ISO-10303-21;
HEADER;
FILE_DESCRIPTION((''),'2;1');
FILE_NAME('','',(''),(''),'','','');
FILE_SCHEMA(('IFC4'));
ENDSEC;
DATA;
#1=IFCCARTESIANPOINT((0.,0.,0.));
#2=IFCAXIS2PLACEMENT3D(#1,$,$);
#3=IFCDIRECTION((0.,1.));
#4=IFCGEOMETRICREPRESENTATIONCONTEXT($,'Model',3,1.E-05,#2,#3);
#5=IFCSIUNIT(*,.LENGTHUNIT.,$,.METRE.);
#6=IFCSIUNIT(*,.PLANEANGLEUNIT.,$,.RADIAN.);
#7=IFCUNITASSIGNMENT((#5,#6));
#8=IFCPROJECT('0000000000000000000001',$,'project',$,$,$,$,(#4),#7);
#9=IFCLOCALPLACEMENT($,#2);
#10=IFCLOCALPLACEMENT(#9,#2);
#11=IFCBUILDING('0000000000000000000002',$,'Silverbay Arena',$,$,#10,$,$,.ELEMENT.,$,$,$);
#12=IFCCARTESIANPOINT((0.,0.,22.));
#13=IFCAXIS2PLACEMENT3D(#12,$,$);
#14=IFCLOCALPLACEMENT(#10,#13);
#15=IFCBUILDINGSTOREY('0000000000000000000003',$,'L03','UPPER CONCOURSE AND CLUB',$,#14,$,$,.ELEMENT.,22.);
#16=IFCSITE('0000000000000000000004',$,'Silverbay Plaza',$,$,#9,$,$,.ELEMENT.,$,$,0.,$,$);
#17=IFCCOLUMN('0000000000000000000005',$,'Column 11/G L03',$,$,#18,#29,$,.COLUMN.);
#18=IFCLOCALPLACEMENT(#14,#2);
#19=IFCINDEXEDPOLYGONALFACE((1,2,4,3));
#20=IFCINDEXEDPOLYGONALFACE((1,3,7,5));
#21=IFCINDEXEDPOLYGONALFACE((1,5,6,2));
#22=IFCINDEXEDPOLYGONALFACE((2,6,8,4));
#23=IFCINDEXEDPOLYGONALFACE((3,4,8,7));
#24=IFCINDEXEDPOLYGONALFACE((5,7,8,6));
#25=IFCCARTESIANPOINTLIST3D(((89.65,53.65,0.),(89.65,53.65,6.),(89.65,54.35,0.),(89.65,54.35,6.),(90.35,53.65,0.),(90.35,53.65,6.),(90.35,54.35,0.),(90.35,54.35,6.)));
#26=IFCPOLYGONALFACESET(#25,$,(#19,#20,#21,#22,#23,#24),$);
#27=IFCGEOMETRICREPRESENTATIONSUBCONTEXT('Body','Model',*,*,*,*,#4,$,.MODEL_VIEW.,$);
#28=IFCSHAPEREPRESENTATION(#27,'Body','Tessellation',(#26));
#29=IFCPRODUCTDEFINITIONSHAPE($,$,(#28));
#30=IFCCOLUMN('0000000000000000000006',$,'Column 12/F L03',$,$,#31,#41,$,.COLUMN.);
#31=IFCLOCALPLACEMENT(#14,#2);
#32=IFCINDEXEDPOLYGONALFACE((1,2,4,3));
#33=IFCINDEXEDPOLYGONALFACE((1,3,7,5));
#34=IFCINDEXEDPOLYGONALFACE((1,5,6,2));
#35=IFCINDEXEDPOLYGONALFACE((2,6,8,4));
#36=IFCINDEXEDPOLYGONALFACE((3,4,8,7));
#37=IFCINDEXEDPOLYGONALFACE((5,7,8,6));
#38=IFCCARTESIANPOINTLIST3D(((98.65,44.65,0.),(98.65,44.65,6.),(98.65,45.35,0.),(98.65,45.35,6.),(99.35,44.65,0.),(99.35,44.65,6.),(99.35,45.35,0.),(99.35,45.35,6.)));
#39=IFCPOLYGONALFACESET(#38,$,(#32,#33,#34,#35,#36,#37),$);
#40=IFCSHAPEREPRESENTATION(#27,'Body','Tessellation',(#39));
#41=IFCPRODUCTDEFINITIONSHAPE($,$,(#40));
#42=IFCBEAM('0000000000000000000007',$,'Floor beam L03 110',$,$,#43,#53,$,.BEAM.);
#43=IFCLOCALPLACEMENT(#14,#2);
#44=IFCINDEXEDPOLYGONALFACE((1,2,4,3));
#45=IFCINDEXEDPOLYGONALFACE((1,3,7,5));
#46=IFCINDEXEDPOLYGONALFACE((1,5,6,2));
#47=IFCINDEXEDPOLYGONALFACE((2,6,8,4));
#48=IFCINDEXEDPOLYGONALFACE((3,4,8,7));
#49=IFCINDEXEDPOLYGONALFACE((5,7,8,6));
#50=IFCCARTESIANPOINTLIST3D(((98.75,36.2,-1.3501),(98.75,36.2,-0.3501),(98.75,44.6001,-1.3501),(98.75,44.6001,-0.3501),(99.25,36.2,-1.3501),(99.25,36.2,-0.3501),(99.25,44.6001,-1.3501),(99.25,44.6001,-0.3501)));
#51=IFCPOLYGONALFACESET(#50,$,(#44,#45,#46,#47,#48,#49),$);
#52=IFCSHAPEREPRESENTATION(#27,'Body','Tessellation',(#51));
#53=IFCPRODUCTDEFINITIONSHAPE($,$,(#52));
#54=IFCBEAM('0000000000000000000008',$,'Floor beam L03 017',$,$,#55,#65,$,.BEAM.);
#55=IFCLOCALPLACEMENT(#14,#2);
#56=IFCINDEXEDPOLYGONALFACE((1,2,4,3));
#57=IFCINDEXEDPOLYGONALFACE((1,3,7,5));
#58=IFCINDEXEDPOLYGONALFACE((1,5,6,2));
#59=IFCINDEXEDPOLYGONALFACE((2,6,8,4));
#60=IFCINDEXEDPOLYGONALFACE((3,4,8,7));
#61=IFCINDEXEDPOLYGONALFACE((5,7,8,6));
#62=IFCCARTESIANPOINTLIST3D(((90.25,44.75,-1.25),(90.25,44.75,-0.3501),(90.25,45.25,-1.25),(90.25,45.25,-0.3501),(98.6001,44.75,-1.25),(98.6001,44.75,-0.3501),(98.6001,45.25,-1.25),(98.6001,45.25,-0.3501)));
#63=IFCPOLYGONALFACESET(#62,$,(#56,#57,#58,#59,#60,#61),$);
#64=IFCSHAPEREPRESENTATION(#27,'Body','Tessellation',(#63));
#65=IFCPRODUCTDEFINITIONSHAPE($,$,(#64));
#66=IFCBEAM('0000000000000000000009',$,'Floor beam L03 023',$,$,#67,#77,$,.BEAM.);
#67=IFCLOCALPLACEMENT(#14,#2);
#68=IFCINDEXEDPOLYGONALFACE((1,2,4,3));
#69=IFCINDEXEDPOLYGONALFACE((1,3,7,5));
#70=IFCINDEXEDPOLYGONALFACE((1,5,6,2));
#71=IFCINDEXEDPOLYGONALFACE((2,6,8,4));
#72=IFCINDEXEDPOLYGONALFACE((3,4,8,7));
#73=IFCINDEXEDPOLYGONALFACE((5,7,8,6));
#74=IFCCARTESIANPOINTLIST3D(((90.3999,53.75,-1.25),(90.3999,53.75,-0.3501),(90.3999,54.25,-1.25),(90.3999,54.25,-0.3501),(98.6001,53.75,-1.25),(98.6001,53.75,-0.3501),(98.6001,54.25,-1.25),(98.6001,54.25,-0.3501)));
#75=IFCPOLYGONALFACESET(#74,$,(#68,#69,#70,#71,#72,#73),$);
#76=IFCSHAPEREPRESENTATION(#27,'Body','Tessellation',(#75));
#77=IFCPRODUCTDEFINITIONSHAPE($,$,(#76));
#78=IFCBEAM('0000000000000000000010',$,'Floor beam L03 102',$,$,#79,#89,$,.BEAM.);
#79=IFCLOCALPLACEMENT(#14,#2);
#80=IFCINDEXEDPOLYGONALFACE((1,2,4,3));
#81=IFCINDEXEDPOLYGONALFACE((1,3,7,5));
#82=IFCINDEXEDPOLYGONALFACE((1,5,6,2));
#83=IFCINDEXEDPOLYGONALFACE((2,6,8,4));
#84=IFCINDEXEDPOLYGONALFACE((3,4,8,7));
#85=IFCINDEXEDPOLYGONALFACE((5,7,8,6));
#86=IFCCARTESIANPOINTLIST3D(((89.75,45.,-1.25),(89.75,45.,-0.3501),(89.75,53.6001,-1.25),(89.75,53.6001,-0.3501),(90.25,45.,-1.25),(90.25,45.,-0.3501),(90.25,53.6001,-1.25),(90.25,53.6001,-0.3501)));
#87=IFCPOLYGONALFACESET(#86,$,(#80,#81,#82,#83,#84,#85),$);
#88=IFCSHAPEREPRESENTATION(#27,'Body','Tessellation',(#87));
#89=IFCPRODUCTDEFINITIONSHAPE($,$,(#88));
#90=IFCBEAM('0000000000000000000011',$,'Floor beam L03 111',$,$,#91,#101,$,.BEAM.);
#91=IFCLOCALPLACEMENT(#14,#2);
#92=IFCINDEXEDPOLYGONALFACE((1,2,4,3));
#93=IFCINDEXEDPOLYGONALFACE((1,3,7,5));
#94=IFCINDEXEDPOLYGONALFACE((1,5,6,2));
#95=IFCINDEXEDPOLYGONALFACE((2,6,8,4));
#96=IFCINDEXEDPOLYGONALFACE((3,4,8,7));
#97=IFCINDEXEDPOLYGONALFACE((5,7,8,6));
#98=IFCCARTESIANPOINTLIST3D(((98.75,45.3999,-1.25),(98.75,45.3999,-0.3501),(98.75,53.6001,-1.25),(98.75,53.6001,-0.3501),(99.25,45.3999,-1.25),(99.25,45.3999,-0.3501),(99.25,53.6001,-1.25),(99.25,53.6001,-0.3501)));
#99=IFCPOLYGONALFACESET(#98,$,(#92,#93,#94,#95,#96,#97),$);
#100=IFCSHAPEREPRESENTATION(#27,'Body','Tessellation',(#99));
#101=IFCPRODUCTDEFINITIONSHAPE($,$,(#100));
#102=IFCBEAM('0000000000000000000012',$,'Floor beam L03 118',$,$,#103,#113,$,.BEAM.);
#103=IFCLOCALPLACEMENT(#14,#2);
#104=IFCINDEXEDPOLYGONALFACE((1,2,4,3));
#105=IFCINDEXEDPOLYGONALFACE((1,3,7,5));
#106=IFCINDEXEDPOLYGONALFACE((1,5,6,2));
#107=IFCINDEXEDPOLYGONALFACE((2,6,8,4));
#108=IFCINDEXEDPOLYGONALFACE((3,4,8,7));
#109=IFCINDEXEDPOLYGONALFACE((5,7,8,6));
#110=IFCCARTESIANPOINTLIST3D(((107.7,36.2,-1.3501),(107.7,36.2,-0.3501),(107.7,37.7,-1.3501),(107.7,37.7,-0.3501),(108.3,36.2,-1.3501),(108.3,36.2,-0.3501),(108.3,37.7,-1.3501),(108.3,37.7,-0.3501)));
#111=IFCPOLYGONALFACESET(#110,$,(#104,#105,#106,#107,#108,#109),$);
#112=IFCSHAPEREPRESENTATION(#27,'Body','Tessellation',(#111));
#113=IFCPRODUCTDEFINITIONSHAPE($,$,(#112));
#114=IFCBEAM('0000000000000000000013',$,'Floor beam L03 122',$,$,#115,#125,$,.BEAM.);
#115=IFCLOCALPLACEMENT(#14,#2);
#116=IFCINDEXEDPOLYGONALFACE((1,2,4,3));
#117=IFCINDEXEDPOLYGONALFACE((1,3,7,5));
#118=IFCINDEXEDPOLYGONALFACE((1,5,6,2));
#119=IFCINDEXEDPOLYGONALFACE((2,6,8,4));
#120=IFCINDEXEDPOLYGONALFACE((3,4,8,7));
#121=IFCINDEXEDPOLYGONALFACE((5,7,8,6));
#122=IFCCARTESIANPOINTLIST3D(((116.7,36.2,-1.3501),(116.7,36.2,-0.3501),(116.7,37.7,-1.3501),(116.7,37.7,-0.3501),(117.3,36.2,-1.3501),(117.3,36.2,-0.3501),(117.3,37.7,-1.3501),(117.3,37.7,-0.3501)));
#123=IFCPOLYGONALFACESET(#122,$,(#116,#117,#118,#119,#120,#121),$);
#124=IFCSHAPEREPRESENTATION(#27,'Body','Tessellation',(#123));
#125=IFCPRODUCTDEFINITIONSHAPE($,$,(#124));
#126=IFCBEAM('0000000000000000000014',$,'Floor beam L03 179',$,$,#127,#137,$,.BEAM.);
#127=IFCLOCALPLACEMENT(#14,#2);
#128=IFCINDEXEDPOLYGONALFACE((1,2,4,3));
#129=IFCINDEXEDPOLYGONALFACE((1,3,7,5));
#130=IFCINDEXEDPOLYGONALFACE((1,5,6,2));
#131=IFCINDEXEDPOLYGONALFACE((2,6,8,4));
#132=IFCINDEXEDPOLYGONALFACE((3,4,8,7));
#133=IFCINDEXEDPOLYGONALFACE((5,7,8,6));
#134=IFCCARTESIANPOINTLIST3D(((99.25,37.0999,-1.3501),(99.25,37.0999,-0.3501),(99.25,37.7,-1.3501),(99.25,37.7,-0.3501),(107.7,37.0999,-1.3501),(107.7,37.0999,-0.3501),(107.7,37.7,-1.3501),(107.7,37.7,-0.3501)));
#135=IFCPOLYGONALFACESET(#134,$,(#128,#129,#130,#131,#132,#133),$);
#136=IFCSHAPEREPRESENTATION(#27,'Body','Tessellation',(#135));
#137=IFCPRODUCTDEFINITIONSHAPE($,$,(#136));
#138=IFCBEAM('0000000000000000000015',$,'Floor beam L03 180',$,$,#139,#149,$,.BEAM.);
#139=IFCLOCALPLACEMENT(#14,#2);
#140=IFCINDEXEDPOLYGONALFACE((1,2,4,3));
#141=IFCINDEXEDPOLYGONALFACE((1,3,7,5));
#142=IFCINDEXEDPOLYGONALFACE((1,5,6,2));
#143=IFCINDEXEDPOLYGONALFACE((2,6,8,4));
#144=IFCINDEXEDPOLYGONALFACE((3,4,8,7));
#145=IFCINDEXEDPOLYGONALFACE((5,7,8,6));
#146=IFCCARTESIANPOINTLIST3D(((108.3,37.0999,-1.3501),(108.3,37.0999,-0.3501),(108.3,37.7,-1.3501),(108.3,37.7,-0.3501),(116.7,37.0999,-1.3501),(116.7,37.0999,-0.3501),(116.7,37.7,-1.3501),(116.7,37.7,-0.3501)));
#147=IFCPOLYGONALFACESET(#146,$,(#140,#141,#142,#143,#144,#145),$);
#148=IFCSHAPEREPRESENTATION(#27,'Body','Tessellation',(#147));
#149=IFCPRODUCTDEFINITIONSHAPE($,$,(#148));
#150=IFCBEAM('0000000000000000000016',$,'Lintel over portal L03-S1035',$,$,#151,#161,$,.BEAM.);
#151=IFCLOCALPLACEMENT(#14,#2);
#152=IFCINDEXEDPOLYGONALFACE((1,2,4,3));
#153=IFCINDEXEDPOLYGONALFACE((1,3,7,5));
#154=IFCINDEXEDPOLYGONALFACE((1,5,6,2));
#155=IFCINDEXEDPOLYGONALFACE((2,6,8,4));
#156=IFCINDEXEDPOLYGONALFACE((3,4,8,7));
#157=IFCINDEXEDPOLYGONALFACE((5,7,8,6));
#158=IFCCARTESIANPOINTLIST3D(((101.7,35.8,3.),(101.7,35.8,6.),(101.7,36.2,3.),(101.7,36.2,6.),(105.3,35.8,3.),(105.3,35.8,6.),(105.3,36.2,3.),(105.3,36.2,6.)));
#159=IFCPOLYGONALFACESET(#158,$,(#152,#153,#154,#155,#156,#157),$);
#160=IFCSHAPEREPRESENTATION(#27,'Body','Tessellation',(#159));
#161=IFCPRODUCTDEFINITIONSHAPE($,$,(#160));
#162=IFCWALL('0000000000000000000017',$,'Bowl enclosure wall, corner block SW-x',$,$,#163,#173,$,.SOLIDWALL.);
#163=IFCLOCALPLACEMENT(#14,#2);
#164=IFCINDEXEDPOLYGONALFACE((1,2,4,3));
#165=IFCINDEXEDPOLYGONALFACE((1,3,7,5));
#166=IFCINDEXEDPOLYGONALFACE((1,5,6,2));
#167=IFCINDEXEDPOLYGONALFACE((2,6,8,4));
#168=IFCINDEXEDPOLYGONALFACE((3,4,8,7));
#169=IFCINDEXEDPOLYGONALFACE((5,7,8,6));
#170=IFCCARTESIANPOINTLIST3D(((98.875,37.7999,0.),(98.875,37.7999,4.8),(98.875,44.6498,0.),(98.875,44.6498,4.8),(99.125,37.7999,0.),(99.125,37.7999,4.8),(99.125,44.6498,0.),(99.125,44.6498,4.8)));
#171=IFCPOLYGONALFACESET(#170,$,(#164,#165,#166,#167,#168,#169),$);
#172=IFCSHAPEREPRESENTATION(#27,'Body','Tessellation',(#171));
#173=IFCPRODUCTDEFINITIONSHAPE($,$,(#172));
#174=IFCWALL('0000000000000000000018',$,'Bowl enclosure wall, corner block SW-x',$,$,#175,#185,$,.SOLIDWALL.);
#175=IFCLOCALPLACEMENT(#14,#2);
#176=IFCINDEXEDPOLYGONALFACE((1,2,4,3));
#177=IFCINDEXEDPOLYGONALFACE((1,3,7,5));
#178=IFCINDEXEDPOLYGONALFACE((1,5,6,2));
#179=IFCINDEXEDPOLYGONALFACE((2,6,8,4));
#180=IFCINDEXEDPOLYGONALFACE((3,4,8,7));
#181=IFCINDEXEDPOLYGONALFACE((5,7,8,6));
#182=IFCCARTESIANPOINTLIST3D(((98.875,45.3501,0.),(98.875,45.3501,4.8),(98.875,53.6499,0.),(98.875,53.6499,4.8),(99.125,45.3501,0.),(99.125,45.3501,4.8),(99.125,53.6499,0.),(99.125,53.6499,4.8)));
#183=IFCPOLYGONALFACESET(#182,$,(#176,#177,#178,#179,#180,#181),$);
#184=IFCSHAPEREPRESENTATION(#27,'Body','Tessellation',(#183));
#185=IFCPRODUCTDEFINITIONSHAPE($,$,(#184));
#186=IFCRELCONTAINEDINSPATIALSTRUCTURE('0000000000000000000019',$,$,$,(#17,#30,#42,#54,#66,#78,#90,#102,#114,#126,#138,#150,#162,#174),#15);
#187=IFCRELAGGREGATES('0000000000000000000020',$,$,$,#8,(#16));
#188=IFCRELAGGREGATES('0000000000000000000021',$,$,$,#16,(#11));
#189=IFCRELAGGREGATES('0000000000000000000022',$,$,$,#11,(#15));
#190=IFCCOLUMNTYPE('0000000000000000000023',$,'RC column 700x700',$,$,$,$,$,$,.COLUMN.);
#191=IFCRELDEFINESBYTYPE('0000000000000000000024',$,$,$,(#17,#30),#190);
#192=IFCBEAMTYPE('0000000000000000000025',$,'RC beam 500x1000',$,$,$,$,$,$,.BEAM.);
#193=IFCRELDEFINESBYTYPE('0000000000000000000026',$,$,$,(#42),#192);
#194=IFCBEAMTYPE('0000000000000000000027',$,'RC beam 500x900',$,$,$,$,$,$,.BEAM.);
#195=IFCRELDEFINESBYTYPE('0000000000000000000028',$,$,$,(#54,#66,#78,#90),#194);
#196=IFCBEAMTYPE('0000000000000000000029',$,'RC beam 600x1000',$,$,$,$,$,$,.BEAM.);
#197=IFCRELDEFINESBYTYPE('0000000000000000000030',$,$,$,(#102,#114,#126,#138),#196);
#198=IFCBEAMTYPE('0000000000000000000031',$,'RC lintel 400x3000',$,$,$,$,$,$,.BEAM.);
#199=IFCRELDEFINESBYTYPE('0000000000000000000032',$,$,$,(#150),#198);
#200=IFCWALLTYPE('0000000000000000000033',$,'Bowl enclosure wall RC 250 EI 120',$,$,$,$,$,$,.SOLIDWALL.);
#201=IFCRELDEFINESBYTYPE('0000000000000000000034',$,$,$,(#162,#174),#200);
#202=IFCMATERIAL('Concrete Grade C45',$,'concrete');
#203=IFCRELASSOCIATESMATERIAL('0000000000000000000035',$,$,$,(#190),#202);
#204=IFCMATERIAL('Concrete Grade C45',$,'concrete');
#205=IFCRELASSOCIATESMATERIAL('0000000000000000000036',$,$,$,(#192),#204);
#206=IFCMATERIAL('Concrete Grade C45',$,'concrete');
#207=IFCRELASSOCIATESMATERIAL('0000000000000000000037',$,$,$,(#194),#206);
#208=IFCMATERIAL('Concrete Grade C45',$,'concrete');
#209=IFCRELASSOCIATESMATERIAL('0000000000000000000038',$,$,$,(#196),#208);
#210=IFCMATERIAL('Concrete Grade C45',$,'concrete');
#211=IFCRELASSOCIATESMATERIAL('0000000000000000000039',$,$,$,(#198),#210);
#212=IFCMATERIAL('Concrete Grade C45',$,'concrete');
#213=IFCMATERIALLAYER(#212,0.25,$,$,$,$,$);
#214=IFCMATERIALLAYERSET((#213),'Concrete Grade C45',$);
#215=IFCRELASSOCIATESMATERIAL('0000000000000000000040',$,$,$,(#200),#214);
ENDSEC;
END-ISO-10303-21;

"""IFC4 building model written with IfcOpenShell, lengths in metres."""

from ifc_helpers import new_model, si_unit, direction, frame, frame_2d, origin, origin_2d, place, context, subcontext, project, spatial, rectangle, extrude, material, layer, layer_set, material_profile, profile_set, type_object, element, save


model = new_model("IFC4")

# Units and contexts
model_context = context("Model", 3, precision=1e-05, world=origin(), true_north=direction((0.0, 1.0)))
body_context = subcontext(model_context, "Body", "Model", "MODEL_VIEW")
ifc_project = project(units=[si_unit("LENGTHUNIT", "METRE"), si_unit("PLANEANGLEUNIT", "RADIAN")], contexts=[model_context])

# Site, building, storey
site_placement = place(None, origin())
site = spatial("IfcSite", under=ifc_project, at=site_placement, Name="Silverbay Plaza", CompositionType="ELEMENT", RefElevation=0.0)
building_placement = place(site_placement, origin())
building = spatial("IfcBuilding", under=site, at=building_placement, Name="Silverbay Arena", CompositionType="ELEMENT")
storey_placement = place(building_placement, frame((0.0, 0.0, 22.0)))
storey = spatial("IfcBuildingStorey", under=building, at=storey_placement, Name="L03", Description="UPPER CONCOURSE AND CLUB", CompositionType="ELEMENT", Elevation=22.0)

# Columns
ifc_material_1 = material(Name="Concrete Grade C45", Category="concrete")
ifc_material_profile_1 = material_profile(ifc_material_1, rectangle(XDim=0.7, YDim=0.7, at=origin_2d()), Name="RC 700x700")
ifc_profile_set_1 = profile_set([ifc_material_profile_1], Name="Concrete Grade C45")
column_type = type_object("IfcColumnType", Name="RC column 700x700", PredefinedType="COLUMN", material=ifc_profile_set_1)
for number, where, z_axis, x_axis, name in (
    (1, (90.0, 54.0, 0.0), (0.0, 0.0, 1.0), (1.0, 0.0, 0.0), "Column 11/G L03"),
    (2, (99.0, 45.0, 0.0), (0.0, 0.0, 1.0), (1.0, 0.0, 0.0), "Column 12/F L03"),
):
    element("IfcColumn", number, at=place(storey_placement, frame(where, z_axis=z_axis, x_axis=x_axis)), inside=storey, type_object=column_type, Name=name, PredefinedType="COLUMN", context=body_context, shape_type="SweptSolid", body=[
        extrude(rectangle(XDim=0.7, YDim=0.7, at=origin_2d()), origin(), (0.0, 0.0, 1.0), 6.0),
    ])

# Beams
ifc_material_2 = material(Name="Concrete Grade C45", Category="concrete")
ifc_material_profile_2 = material_profile(ifc_material_2, rectangle(XDim=0.5, YDim=1.0, at=origin_2d()), Name="RC 500x1000")
ifc_profile_set_2 = profile_set([ifc_material_profile_2], Name="Concrete Grade C45")
beam_type_1 = type_object("IfcBeamType", Name="RC beam 500x1000", PredefinedType="BEAM", material=ifc_profile_set_2)
beam_1_placement = place(storey_placement, frame((99.0, 36.2, -0.8501), z_axis=(0.0, 1.0, 0.0), x_axis=(-1.0, 0.0, 0.0)))
element("IfcBeam", 3, at=beam_1_placement, inside=storey, type_object=beam_type_1, Name="Floor beam L03 110", PredefinedType="BEAM", context=body_context, shape_type="SweptSolid", body=[
    extrude(rectangle(XDim=0.5, YDim=1.0, at=origin_2d()), origin(), (0.0, 0.0, 1.0), 8.4001),
])
ifc_material_3 = material(Name="Concrete Grade C45", Category="concrete")
ifc_material_profile_3 = material_profile(ifc_material_3, rectangle(XDim=0.5, YDim=0.8999, at=origin_2d()), Name="RC 500x900")
ifc_profile_set_3 = profile_set([ifc_material_profile_3], Name="Concrete Grade C45")
beam_type_2 = type_object("IfcBeamType", Name="RC beam 500x900", PredefinedType="BEAM", material=ifc_profile_set_3)
beam_2_placement = place(storey_placement, frame((90.25, 45.0, -0.8), z_axis=(1.0, 0.0, 0.0), x_axis=(0.0, 1.0, 0.0)))
element("IfcBeam", 4, at=beam_2_placement, inside=storey, type_object=beam_type_2, Name="Floor beam L03 017", PredefinedType="BEAM", context=body_context, shape_type="SweptSolid", body=[
    extrude(rectangle(XDim=0.5, YDim=0.8999, at=origin_2d()), origin(), (0.0, 0.0, 1.0), 8.3501),
])
beam_3_placement = place(storey_placement, frame((90.3999, 54.0, -0.8), z_axis=(1.0, 0.0, 0.0), x_axis=(0.0, 1.0, 0.0)))
element("IfcBeam", 5, at=beam_3_placement, inside=storey, type_object=beam_type_2, Name="Floor beam L03 023", PredefinedType="BEAM", context=body_context, shape_type="SweptSolid", body=[
    extrude(rectangle(XDim=0.5, YDim=0.8999, at=origin_2d()), origin(), (0.0, 0.0, 1.0), 8.2002),
])
beam_4_placement = place(storey_placement, frame((90.0, 45.0, -0.8), z_axis=(0.0, 1.0, 0.0), x_axis=(-1.0, 0.0, 0.0)))
element("IfcBeam", 6, at=beam_4_placement, inside=storey, type_object=beam_type_2, Name="Floor beam L03 102", PredefinedType="BEAM", context=body_context, shape_type="SweptSolid", body=[
    extrude(rectangle(XDim=0.5, YDim=0.8999, at=origin_2d()), origin(), (0.0, 0.0, 1.0), 8.6001),
])
beam_5_placement = place(storey_placement, frame((99.0, 45.3999, -0.8), z_axis=(0.0, 1.0, 0.0), x_axis=(-1.0, 0.0, 0.0)))
element("IfcBeam", 7, at=beam_5_placement, inside=storey, type_object=beam_type_2, Name="Floor beam L03 111", PredefinedType="BEAM", context=body_context, shape_type="SweptSolid", body=[
    extrude(rectangle(XDim=0.5, YDim=0.8999, at=origin_2d()), origin(), (0.0, 0.0, 1.0), 8.2002),
])
ifc_material_4 = material(Name="Concrete Grade C45", Category="concrete")
ifc_material_profile_4 = material_profile(ifc_material_4, rectangle(XDim=0.6001, YDim=1.0, at=origin_2d()), Name="RC 600x1000")
ifc_profile_set_4 = profile_set([ifc_material_profile_4], Name="Concrete Grade C45")
beam_type_3 = type_object("IfcBeamType", Name="RC beam 600x1000", PredefinedType="BEAM", material=ifc_profile_set_4)
for number, where, z_axis, x_axis, name in (
    (8, (108.0, 36.2, -0.8501), (0.0, 1.0, 0.0), (-1.0, 0.0, 0.0), "Floor beam L03 118"),
    (9, (117.0, 36.2, -0.8501), (0.0, 1.0, 0.0), (-1.0, 0.0, 0.0), "Floor beam L03 122"),
):
    element("IfcBeam", number, at=place(storey_placement, frame(where, z_axis=z_axis, x_axis=x_axis)), inside=storey, type_object=beam_type_3, Name=name, PredefinedType="BEAM", context=body_context, shape_type="SweptSolid", body=[
        extrude(rectangle(XDim=0.6001, YDim=1.0, at=origin_2d()), origin(), (0.0, 0.0, 1.0), 1.5),
    ])
beam_6_placement = place(storey_placement, frame((99.25, 37.3999, -0.8501), z_axis=(1.0, 0.0, 0.0), x_axis=(0.0, 1.0, 0.0)))
element("IfcBeam", 10, at=beam_6_placement, inside=storey, type_object=beam_type_3, Name="Floor beam L03 179", PredefinedType="BEAM", context=body_context, shape_type="SweptSolid", body=[
    extrude(rectangle(XDim=0.6001, YDim=1.0, at=origin_2d()), origin(), (0.0, 0.0, 1.0), 8.45),
])
beam_7_placement = place(storey_placement, frame((108.3, 37.3999, -0.8501), z_axis=(1.0, 0.0, 0.0), x_axis=(0.0, 1.0, 0.0)))
element("IfcBeam", 11, at=beam_7_placement, inside=storey, type_object=beam_type_3, Name="Floor beam L03 180", PredefinedType="BEAM", context=body_context, shape_type="SweptSolid", body=[
    extrude(rectangle(XDim=0.6001, YDim=1.0, at=origin_2d()), origin(), (0.0, 0.0, 1.0), 8.3999),
])
ifc_material_5 = material(Name="Concrete Grade C45", Category="concrete")
ifc_material_profile_5 = material_profile(ifc_material_5, rectangle(XDim=0.3999, YDim=3.0, at=origin_2d()), Name="RC 400x3000")
ifc_profile_set_5 = profile_set([ifc_material_profile_5], Name="Concrete Grade C45")
beam_type_4 = type_object("IfcBeamType", Name="RC lintel 400x3000", PredefinedType="BEAM", material=ifc_profile_set_5)
beam_8_placement = place(storey_placement, frame((101.7, 36.0, 4.5), z_axis=(1.0, 0.0, 0.0), x_axis=(0.0, 1.0, 0.0)))
element("IfcBeam", 12, at=beam_8_placement, inside=storey, type_object=beam_type_4, Name="Lintel over portal L03-S1035", PredefinedType="BEAM", context=body_context, shape_type="SweptSolid", body=[
    extrude(rectangle(XDim=0.3999, YDim=3.0, at=origin_2d()), origin(), (0.0, 0.0, 1.0), 3.6001),
])

# Shared definitions
ifc_material_6 = material(Name="Concrete Grade C45", Category="concrete")
ifc_layer_1 = layer(ifc_material_6, 0.25)
ifc_layer_set_1 = layer_set([ifc_layer_1], Name="Concrete Grade C45")
wall_type_1 = type_object("IfcWallType", Name="Bowl enclosure wall RC 250 EI 120", PredefinedType="SOLIDWALL", material=ifc_layer_set_1)

# Walls
wall_1_placement = place(storey_placement, frame((99.0, 37.8, 0.0), z_axis=(0.0, 0.0, 1.0), x_axis=(0.0, 1.0, 0.0)))
element("IfcWall", 13, at=wall_1_placement, inside=storey, type_object=wall_type_1, Name="Bowl enclosure wall, corner block SW-x", PredefinedType="SOLIDWALL", context=body_context, shape_type="SweptSolid", body=[
    extrude(rectangle(XDim=6.8499, YDim=0.25, at=frame_2d((3.4248, 0.0))), origin(), (0.0, 0.0, 1.0), 4.8),
])
wall_2_placement = place(storey_placement, frame((99.0, 45.3501, 0.0), z_axis=(0.0, 0.0, 1.0), x_axis=(0.0, 1.0, 0.0)))
element("IfcWall", 14, at=wall_2_placement, inside=storey, type_object=wall_type_1, Name="Bowl enclosure wall, corner block SW-x", PredefinedType="SOLIDWALL", context=body_context, shape_type="SweptSolid", body=[
    extrude(rectangle(XDim=8.2998, YDim=0.25, at=frame_2d((4.1499, 0.0))), origin(), (0.0, 0.0, 1.0), 4.8),
])

save(model, "model.ifc")
